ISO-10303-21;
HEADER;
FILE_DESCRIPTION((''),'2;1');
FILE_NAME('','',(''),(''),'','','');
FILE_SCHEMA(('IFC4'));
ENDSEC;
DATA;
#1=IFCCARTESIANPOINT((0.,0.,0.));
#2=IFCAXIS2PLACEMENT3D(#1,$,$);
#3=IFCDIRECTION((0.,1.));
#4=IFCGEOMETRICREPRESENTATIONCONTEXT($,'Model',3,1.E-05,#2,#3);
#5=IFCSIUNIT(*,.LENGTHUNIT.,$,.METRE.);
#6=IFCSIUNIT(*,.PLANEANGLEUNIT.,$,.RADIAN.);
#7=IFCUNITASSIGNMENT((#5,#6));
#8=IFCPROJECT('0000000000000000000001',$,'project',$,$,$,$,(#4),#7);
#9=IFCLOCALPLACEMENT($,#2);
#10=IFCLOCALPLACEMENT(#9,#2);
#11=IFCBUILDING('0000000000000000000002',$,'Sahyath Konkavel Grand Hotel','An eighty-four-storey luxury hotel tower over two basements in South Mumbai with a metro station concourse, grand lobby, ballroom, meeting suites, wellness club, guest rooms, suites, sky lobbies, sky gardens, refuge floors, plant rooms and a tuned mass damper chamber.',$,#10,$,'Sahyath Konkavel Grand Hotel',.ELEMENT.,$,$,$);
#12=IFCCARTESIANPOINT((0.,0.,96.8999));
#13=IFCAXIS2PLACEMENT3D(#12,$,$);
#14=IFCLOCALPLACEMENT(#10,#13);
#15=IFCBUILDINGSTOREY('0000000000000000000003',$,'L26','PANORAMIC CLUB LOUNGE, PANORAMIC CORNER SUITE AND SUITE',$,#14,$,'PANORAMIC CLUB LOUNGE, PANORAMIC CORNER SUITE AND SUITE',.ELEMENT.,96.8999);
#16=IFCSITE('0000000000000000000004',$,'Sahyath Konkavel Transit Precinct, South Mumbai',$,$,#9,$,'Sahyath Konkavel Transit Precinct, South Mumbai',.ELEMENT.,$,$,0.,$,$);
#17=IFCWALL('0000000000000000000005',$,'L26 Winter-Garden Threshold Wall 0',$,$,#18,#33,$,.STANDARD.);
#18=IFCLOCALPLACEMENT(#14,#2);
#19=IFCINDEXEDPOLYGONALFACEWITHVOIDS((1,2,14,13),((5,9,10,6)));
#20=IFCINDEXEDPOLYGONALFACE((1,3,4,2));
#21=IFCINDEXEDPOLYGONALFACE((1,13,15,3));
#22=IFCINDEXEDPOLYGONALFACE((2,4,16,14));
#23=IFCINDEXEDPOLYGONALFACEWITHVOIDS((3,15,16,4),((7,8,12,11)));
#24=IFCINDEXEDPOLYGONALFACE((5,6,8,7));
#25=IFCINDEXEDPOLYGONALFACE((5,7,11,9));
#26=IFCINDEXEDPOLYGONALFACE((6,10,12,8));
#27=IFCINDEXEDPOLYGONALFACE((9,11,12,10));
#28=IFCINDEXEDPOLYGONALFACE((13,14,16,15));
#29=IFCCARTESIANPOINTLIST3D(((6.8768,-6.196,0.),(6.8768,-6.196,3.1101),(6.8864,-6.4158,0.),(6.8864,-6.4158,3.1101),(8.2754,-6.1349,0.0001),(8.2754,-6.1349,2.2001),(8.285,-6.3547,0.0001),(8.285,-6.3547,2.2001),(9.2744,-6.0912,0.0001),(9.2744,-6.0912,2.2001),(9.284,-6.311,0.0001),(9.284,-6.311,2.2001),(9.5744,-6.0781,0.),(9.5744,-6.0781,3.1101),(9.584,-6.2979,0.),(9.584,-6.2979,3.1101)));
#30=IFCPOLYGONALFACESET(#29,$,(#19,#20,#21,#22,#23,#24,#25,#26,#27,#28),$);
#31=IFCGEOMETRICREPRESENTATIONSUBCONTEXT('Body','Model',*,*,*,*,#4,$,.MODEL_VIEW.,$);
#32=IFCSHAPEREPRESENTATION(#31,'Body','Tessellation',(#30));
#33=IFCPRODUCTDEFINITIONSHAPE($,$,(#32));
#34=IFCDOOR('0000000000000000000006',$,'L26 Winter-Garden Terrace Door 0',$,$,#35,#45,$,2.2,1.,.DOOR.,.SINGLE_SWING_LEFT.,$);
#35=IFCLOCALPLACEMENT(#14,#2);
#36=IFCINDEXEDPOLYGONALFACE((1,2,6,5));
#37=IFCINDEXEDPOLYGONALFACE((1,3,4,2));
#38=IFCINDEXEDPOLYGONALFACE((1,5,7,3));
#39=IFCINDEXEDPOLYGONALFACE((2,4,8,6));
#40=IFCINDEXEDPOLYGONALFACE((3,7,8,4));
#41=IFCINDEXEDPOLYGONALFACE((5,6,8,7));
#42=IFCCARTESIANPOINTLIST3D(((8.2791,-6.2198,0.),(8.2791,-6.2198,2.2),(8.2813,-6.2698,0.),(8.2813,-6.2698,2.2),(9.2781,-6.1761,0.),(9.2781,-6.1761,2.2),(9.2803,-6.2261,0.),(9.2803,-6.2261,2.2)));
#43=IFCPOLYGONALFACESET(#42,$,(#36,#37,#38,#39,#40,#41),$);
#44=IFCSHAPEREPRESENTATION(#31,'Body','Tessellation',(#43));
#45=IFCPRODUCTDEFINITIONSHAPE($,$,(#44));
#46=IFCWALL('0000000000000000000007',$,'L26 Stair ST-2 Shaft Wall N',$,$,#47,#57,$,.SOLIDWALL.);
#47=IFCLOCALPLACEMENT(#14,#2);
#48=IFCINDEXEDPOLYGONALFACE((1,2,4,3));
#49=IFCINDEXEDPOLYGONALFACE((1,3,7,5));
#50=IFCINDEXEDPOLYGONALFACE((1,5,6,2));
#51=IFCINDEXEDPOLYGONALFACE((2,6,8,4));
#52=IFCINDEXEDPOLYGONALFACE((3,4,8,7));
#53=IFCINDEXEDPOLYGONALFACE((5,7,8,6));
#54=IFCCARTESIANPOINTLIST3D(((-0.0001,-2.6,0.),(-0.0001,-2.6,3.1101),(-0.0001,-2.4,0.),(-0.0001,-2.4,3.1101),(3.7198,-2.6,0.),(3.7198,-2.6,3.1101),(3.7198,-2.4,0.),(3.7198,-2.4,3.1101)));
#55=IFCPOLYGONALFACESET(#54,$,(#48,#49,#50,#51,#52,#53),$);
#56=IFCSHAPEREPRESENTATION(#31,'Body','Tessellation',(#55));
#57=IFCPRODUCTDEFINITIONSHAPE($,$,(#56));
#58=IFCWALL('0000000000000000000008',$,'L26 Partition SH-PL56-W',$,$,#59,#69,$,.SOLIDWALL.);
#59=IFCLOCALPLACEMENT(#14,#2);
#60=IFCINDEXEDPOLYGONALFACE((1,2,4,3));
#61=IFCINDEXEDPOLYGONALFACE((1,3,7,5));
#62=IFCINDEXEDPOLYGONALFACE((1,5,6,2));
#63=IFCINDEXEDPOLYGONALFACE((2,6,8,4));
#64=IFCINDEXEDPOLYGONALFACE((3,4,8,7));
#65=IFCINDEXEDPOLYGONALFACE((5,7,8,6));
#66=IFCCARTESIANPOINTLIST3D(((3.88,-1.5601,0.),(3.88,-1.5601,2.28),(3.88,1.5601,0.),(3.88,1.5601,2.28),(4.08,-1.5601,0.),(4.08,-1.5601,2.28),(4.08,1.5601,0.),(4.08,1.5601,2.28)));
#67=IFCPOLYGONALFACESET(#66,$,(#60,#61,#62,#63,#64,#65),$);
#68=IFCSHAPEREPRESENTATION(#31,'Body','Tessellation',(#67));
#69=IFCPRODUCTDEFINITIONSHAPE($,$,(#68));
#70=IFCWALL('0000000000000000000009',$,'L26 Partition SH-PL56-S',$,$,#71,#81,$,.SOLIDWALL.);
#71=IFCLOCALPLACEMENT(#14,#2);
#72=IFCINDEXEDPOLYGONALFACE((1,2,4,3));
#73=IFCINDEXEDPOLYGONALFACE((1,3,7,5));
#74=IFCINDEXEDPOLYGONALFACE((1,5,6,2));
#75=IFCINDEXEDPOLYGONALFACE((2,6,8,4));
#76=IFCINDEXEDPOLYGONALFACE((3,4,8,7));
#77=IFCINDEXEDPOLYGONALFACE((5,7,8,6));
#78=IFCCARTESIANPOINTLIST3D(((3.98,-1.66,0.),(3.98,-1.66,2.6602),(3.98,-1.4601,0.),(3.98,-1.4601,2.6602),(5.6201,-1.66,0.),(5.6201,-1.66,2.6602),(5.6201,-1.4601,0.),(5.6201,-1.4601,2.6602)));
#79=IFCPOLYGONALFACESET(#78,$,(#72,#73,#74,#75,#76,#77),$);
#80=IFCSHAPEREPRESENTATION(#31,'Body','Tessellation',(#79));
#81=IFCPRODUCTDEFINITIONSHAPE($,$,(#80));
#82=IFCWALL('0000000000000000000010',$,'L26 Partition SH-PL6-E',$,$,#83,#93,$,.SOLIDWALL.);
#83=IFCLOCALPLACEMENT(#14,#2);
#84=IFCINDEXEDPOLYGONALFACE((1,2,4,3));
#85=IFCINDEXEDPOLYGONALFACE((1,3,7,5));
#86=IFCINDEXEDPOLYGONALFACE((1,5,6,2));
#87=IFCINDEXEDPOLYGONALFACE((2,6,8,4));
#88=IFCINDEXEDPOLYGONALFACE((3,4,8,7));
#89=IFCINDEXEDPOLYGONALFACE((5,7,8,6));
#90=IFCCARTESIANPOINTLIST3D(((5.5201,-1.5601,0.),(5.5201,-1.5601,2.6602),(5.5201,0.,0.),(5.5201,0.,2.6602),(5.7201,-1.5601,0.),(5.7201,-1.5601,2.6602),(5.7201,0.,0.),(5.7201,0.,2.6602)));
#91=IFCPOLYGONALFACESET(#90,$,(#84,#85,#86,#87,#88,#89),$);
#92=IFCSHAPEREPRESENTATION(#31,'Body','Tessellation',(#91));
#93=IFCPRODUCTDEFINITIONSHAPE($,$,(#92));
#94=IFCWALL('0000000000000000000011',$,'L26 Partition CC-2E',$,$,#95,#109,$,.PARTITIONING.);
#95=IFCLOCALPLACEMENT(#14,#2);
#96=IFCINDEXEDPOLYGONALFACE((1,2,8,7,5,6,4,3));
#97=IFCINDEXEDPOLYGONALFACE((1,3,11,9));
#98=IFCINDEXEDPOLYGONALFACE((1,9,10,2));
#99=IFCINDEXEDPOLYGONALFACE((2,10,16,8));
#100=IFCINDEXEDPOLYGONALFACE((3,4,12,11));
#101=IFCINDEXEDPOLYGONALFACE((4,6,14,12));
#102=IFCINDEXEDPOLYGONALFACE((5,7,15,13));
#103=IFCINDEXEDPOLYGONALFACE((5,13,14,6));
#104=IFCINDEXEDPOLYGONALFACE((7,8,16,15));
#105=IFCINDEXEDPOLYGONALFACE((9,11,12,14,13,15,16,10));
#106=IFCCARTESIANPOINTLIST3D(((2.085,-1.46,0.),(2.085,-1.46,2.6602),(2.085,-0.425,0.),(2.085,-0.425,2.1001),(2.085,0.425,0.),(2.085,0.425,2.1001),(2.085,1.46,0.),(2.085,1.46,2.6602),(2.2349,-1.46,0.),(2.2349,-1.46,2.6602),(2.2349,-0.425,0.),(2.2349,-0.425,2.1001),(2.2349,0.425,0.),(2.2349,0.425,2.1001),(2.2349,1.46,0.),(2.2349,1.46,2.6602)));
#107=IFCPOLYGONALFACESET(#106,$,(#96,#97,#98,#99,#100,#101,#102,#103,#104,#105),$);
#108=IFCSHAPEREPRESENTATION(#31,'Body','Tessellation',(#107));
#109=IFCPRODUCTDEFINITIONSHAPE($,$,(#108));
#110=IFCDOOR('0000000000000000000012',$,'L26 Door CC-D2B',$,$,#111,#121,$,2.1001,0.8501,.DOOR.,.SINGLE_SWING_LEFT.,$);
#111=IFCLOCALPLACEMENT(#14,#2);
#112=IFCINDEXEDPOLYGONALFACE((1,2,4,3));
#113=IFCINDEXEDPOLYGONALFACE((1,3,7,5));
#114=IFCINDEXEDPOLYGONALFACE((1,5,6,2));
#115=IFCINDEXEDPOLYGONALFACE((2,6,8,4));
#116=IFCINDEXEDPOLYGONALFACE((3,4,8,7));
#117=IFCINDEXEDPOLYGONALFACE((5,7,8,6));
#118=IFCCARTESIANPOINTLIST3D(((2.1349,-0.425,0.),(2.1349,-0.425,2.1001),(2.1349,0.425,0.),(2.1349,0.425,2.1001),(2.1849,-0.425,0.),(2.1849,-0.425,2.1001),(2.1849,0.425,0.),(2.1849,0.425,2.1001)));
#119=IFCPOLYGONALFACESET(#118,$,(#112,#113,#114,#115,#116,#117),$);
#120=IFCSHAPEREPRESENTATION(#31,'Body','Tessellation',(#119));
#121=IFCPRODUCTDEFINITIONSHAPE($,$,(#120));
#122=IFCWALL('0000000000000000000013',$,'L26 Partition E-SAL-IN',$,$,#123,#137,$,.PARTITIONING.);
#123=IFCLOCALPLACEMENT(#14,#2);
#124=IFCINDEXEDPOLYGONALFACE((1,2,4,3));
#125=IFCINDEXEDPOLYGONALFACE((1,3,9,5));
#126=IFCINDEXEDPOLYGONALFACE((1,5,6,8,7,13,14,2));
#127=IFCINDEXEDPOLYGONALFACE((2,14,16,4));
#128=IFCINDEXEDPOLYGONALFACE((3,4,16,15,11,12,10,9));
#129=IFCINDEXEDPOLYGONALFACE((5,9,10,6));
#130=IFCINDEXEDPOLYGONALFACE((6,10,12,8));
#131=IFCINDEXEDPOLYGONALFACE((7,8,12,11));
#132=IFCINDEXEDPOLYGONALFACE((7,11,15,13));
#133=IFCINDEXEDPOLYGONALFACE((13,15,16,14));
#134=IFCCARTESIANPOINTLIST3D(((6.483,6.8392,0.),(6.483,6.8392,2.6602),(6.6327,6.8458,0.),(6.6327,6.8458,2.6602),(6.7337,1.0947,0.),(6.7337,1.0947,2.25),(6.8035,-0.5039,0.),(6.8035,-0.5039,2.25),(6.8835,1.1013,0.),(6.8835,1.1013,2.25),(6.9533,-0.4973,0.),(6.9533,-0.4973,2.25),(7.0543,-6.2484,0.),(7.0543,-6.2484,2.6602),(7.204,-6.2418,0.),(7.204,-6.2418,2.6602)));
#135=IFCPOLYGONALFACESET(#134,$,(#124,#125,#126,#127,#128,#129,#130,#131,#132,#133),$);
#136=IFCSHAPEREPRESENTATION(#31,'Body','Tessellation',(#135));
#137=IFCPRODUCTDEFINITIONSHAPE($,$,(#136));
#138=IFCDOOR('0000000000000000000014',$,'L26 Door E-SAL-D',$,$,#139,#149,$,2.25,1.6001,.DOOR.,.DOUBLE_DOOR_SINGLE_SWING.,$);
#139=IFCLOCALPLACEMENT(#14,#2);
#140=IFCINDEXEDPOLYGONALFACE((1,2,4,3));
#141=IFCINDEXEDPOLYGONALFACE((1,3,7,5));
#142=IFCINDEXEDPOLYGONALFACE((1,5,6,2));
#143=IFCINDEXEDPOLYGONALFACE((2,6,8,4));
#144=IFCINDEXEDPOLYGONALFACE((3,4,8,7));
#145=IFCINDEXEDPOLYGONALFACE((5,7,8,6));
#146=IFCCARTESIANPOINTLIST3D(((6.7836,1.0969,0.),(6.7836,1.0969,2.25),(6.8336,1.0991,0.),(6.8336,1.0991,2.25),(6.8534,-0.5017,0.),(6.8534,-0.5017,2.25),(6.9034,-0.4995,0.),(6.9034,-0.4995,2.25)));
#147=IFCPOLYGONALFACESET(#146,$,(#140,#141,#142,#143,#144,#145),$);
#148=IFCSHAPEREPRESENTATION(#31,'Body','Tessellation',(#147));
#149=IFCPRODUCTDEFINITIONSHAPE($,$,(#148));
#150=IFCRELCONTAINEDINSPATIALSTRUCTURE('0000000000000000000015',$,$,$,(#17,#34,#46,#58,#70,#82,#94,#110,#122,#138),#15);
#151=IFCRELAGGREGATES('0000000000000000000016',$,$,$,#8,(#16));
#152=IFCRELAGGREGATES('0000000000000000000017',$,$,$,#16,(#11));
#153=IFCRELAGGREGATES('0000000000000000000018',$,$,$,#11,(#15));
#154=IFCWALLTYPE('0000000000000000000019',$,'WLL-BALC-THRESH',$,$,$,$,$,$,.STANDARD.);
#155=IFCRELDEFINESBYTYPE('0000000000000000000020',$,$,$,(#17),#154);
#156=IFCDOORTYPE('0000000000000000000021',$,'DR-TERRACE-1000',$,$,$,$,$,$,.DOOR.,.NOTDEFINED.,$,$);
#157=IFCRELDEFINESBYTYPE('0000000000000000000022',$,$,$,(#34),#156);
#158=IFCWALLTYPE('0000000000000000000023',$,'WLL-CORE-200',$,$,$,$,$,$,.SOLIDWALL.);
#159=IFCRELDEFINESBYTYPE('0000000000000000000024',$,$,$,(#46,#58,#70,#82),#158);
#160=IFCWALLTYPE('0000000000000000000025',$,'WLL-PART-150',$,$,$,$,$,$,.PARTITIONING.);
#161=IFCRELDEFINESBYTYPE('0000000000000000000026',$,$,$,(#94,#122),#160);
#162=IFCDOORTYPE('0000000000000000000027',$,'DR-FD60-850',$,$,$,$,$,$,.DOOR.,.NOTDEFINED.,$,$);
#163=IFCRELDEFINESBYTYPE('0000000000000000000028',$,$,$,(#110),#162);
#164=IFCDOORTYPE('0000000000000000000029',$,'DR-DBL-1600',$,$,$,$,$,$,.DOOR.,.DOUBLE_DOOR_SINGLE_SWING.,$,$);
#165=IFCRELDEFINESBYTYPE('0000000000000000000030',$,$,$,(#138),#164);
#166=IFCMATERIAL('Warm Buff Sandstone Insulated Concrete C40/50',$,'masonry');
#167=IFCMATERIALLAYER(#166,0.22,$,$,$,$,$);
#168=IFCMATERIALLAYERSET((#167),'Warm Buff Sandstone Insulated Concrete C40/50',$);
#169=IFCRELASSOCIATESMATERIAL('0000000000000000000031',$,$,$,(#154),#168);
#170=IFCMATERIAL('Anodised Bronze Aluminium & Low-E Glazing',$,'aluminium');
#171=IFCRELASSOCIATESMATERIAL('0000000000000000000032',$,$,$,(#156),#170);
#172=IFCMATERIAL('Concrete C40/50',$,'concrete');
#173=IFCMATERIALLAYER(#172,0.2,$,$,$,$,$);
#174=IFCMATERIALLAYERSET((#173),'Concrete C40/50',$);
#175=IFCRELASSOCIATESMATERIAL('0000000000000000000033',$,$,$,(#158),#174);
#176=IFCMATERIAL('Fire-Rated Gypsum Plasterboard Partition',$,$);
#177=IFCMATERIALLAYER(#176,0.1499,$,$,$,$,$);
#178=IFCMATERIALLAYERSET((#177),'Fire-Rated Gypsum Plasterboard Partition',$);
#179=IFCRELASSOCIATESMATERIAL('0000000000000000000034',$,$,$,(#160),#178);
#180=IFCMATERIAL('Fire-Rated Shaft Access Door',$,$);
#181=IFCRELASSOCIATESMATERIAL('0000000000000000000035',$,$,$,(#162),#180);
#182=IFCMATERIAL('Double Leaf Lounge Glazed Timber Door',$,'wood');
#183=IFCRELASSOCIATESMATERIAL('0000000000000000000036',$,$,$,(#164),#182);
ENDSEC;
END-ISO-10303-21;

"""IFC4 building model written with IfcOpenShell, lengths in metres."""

from ifc_helpers import new_model, si_unit, direction, frame, frame_2d, origin, origin_2d, place, context, subcontext, project, spatial, rectangle, extrude, source, transform, mapped, material, layer, layer_set, type_object, element, fill, save


model = new_model("IFC4")

# Units and contexts
model_context = context("Model", 3, precision=1e-05, world=origin(), true_north=direction((0.0, 1.0)))
body_context = subcontext(model_context, "Body", "Model", "MODEL_VIEW")
ifc_project = project(units=[si_unit("LENGTHUNIT", "METRE"), si_unit("PLANEANGLEUNIT", "RADIAN")], contexts=[model_context])

# Site, building, storey
site_placement = place(None, origin())
site = spatial("IfcSite", under=ifc_project, at=site_placement, Name="Sahyath Konkavel Transit Precinct, South Mumbai", LongName="Sahyath Konkavel Transit Precinct, South Mumbai", CompositionType="ELEMENT", RefElevation=0.0)
building_placement = place(site_placement, origin())
building = spatial("IfcBuilding", under=site, at=building_placement, Name="Sahyath Konkavel Grand Hotel", Description="An eighty-four-storey luxury hotel tower over two basements in South Mumbai with a metro station concourse, grand lobby, ballroom, meeting suites, wellness club, guest rooms, suites, sky lobbies, sky gardens, refuge floors, plant rooms and a tuned mass damper chamber.", LongName="Sahyath Konkavel Grand Hotel", CompositionType="ELEMENT")
storey_placement = place(building_placement, frame((0.0, 0.0, 96.8999)))
storey = spatial("IfcBuildingStorey", under=building, at=storey_placement, Name="L26", Description="PANORAMIC CLUB LOUNGE, PANORAMIC CORNER SUITE AND SUITE", LongName="PANORAMIC CLUB LOUNGE, PANORAMIC CORNER SUITE AND SUITE", CompositionType="ELEMENT", Elevation=96.8999)

# Shared definitions
ifc_material_1 = material(Name="Anodised Bronze Aluminium & Low-E Glazing", Category="aluminium")

# Wall, opening, door
ifc_material_2 = material(Name="Warm Buff Sandstone Insulated Concrete C40/50", Category="masonry")
ifc_layer_1 = layer(ifc_material_2, 0.22)
ifc_layer_set_1 = layer_set([ifc_layer_1], Name="Warm Buff Sandstone Insulated Concrete C40/50")
wall_type_1 = type_object("IfcWallType", Name="WLL-BALC-THRESH", PredefinedType="STANDARD", material=ifc_layer_set_1)
wall_1_placement = place(storey_placement, frame((6.8816, -6.3059, 0.0), z_axis=(0.0, 0.0, 1.0), x_axis=(0.999046, 0.043673, 0.0)))
wall_1 = element("IfcWall", 1, at=wall_1_placement, inside=storey, type_object=wall_type_1, Name="L26 Winter-Garden Threshold Wall 0", PredefinedType="STANDARD", context=body_context, shape_type="SweptSolid", body=[
    extrude(rectangle(XDim=2.7002, YDim=0.22, at=frame_2d((1.3501, 0.0))), origin(), (0.0, 0.0, 1.0), 3.1101),
])
opening_1_placement = place(wall_1_placement, frame((1.3999, 0.0, 0.0)))
opening_1 = element("IfcOpeningElement", 2, at=opening_1_placement, cuts=wall_1, PredefinedType="OPENING", context=body_context, shape_type="SweptSolid", body=[
    extrude(rectangle(XDim=1.0, YDim=2.2, at=frame_2d((0.5, 1.1001))), frame((0.0, 0.1201, 0.0), z_axis=(0.0, -1.0, 0.0), x_axis=(1.0, 0.0, 0.0)), (0.0, 0.0, 1.0), 0.24),
])
door_type_1 = type_object("IfcDoorType", Name="DR-TERRACE-1000", OperationType="NOTDEFINED", PredefinedType="DOOR", material=ifc_material_1)
shared_shape_1 = source(origin(), body_context, "Body", "SweptSolid", [
    extrude(rectangle(XDim=1.0, YDim=0.05, at=origin_2d()), origin(), (0.0, 0.0, 1.0), 2.2),
])
door_1_placement = place(opening_1_placement, frame((0.5, 0.0, 0.0)))
door_1 = element("IfcDoor", 3, at=door_1_placement, inside=storey, type_object=door_type_1, Name="L26 Winter-Garden Terrace Door 0", OperationType="SINGLE_SWING_LEFT", OverallHeight=2.2, OverallWidth=1.0, PredefinedType="DOOR", context=body_context, shape_type="MappedRepresentation", body=[
    mapped(shared_shape_1, transform((0.0, 0.0, 0.0), scale=1.0)),
])
fill(opening_1, door_1)

# Walls
ifc_material_3 = material(Name="Concrete C40/50", Category="concrete")
ifc_layer_2 = layer(ifc_material_3, 0.2)
ifc_layer_set_2 = layer_set([ifc_layer_2], Name="Concrete C40/50")
wall_type_2 = type_object("IfcWallType", Name="WLL-CORE-200", PredefinedType="SOLIDWALL", material=ifc_layer_set_2)
wall_2_placement = place(storey_placement, frame((0.0, -2.5, 0.0), z_axis=(0.0, 0.0, 1.0), x_axis=(1.0, 0.0, 0.0)))
element("IfcWall", 4, at=wall_2_placement, inside=storey, type_object=wall_type_2, Name="L26 Stair ST-2 Shaft Wall N", PredefinedType="SOLIDWALL", context=body_context, shape_type="SweptSolid", body=[
    extrude(rectangle(XDim=3.72, YDim=0.2, at=frame_2d((1.8599, 0.0))), origin(), (0.0, 0.0, 1.0), 3.1101),
])
wall_3_placement = place(storey_placement, frame((3.98, -1.5601, 0.0), z_axis=(0.0, 0.0, 1.0), x_axis=(0.0, 1.0, 0.0)))
element("IfcWall", 5, at=wall_3_placement, inside=storey, type_object=wall_type_2, Name="L26 Partition SH-PL56-W", PredefinedType="SOLIDWALL", context=body_context, shape_type="SweptSolid", body=[
    extrude(rectangle(XDim=3.1201, YDim=0.2, at=frame_2d((1.5601, 0.0))), origin(), (0.0, 0.0, 1.0), 2.28),
])
wall_4_placement = place(storey_placement, frame((3.98, -1.5601, 0.0), z_axis=(0.0, 0.0, 1.0), x_axis=(1.0, 0.0, 0.0)))
element("IfcWall", 6, at=wall_4_placement, inside=storey, type_object=wall_type_2, Name="L26 Partition SH-PL56-S", PredefinedType="SOLIDWALL", context=body_context, shape_type="SweptSolid", body=[
    extrude(rectangle(XDim=1.6401, YDim=0.2, at=frame_2d((0.8201, 0.0))), origin(), (0.0, 0.0, 1.0), 2.6602),
])
wall_5_placement = place(storey_placement, frame((5.6201, -1.5601, 0.0), z_axis=(0.0, 0.0, 1.0), x_axis=(0.0, 1.0, 0.0)))
element("IfcWall", 7, at=wall_5_placement, inside=storey, type_object=wall_type_2, Name="L26 Partition SH-PL6-E", PredefinedType="SOLIDWALL", context=body_context, shape_type="SweptSolid", body=[
    extrude(rectangle(XDim=1.5601, YDim=0.2, at=frame_2d((0.78, 0.0))), origin(), (0.0, 0.0, 1.0), 2.6602),
])

# Walls, openings, doors
ifc_material_4 = material(Name="Fire-Rated Gypsum Plasterboard Partition")
ifc_layer_3 = layer(ifc_material_4, 0.1499)
ifc_layer_set_3 = layer_set([ifc_layer_3], Name="Fire-Rated Gypsum Plasterboard Partition")
wall_type_3 = type_object("IfcWallType", Name="WLL-PART-150", PredefinedType="PARTITIONING", material=ifc_layer_set_3)
wall_6_placement = place(storey_placement, frame((2.1599, -1.46, 0.0), z_axis=(0.0, 0.0, 1.0), x_axis=(0.0, 1.0, 0.0)))
wall_6 = element("IfcWall", 8, at=wall_6_placement, inside=storey, type_object=wall_type_3, Name="L26 Partition CC-2E", PredefinedType="PARTITIONING", context=body_context, shape_type="SweptSolid", body=[
    extrude(rectangle(XDim=2.9199, YDim=0.1499, at=frame_2d((1.46, 0.0))), origin(), (0.0, 0.0, 1.0), 2.6602),
])
opening_2_placement = place(wall_6_placement, frame((1.0349, 0.0, 0.0)))
opening_2 = element("IfcOpeningElement", 9, at=opening_2_placement, cuts=wall_6, PredefinedType="OPENING", context=body_context, shape_type="SweptSolid", body=[
    extrude(rectangle(XDim=0.8501, YDim=2.1001, at=frame_2d((0.425, 1.05))), frame((0.0, 0.085, 0.0), z_axis=(0.0, -1.0, 0.0), x_axis=(1.0, 0.0, 0.0)), (0.0, 0.0, 1.0), 0.1699),
])
ifc_material_5 = material(Name="Fire-Rated Shaft Access Door")
door_type_2 = type_object("IfcDoorType", Name="DR-FD60-850", OperationType="NOTDEFINED", PredefinedType="DOOR", material=ifc_material_5)
shared_shape_2 = source(origin(), body_context, "Body", "SweptSolid", [
    extrude(rectangle(XDim=0.8501, YDim=0.05, at=origin_2d()), origin(), (0.0, 0.0, 1.0), 2.1001),
])
door_2_placement = place(opening_2_placement, frame((0.425, 0.0, 0.0)))
door_2 = element("IfcDoor", 10, at=door_2_placement, inside=storey, type_object=door_type_2, Name="L26 Door CC-D2B", OperationType="SINGLE_SWING_LEFT", OverallHeight=2.1001, OverallWidth=0.8501, PredefinedType="DOOR", context=body_context, shape_type="MappedRepresentation", body=[
    mapped(shared_shape_2, transform((0.0, 0.0, 0.0), scale=1.0)),
])
fill(opening_2, door_2)
wall_7_placement = place(storey_placement, frame((7.1292, -6.2451, 0.0), z_axis=(0.0, 0.0, 1.0), x_axis=(-0.043609, 0.999049, 0.0)))
wall_7 = element("IfcWall", 11, at=wall_7_placement, inside=storey, type_object=wall_type_3, Name="L26 Partition E-SAL-IN", PredefinedType="PARTITIONING", context=body_context, shape_type="SweptSolid", body=[
    extrude(rectangle(XDim=13.1001, YDim=0.1499, at=frame_2d((6.55, 0.0))), origin(), (0.0, 0.0, 1.0), 2.6602),
])
opening_3_placement = place(wall_7_placement, frame((5.75, 0.0, 0.0)))
opening_3 = element("IfcOpeningElement", 12, at=opening_3_placement, cuts=wall_7, PredefinedType="OPENING", context=body_context, shape_type="SweptSolid", body=[
    extrude(rectangle(XDim=1.6001, YDim=2.25, at=frame_2d((0.8, 1.125))), frame((0.0, 0.085, 0.0), z_axis=(0.0, -1.0, 0.0), x_axis=(1.0, 0.0, 0.0)), (0.0, 0.0, 1.0), 0.1699),
])
ifc_material_6 = material(Name="Double Leaf Lounge Glazed Timber Door", Category="wood")
door_type_3 = type_object("IfcDoorType", Name="DR-DBL-1600", OperationType="DOUBLE_DOOR_SINGLE_SWING", PredefinedType="DOOR", material=ifc_material_6)
shared_shape_3 = source(origin(), body_context, "Body", "SweptSolid", [
    extrude(rectangle(XDim=1.6001, YDim=0.05, at=origin_2d()), origin(), (0.0, 0.0, 1.0), 2.25),
])
door_3_placement = place(opening_3_placement, frame((0.8, 0.0, 0.0)))
door_3 = element("IfcDoor", 13, at=door_3_placement, inside=storey, type_object=door_type_3, Name="L26 Door E-SAL-D", OperationType="DOUBLE_DOOR_SINGLE_SWING", OverallHeight=2.25, OverallWidth=1.6001, PredefinedType="DOOR", context=body_context, shape_type="MappedRepresentation", body=[
    mapped(shared_shape_3, transform((0.0, 0.0, 0.0), scale=1.0)),
])
fill(opening_3, door_3)

save(model, "model.ifc")
